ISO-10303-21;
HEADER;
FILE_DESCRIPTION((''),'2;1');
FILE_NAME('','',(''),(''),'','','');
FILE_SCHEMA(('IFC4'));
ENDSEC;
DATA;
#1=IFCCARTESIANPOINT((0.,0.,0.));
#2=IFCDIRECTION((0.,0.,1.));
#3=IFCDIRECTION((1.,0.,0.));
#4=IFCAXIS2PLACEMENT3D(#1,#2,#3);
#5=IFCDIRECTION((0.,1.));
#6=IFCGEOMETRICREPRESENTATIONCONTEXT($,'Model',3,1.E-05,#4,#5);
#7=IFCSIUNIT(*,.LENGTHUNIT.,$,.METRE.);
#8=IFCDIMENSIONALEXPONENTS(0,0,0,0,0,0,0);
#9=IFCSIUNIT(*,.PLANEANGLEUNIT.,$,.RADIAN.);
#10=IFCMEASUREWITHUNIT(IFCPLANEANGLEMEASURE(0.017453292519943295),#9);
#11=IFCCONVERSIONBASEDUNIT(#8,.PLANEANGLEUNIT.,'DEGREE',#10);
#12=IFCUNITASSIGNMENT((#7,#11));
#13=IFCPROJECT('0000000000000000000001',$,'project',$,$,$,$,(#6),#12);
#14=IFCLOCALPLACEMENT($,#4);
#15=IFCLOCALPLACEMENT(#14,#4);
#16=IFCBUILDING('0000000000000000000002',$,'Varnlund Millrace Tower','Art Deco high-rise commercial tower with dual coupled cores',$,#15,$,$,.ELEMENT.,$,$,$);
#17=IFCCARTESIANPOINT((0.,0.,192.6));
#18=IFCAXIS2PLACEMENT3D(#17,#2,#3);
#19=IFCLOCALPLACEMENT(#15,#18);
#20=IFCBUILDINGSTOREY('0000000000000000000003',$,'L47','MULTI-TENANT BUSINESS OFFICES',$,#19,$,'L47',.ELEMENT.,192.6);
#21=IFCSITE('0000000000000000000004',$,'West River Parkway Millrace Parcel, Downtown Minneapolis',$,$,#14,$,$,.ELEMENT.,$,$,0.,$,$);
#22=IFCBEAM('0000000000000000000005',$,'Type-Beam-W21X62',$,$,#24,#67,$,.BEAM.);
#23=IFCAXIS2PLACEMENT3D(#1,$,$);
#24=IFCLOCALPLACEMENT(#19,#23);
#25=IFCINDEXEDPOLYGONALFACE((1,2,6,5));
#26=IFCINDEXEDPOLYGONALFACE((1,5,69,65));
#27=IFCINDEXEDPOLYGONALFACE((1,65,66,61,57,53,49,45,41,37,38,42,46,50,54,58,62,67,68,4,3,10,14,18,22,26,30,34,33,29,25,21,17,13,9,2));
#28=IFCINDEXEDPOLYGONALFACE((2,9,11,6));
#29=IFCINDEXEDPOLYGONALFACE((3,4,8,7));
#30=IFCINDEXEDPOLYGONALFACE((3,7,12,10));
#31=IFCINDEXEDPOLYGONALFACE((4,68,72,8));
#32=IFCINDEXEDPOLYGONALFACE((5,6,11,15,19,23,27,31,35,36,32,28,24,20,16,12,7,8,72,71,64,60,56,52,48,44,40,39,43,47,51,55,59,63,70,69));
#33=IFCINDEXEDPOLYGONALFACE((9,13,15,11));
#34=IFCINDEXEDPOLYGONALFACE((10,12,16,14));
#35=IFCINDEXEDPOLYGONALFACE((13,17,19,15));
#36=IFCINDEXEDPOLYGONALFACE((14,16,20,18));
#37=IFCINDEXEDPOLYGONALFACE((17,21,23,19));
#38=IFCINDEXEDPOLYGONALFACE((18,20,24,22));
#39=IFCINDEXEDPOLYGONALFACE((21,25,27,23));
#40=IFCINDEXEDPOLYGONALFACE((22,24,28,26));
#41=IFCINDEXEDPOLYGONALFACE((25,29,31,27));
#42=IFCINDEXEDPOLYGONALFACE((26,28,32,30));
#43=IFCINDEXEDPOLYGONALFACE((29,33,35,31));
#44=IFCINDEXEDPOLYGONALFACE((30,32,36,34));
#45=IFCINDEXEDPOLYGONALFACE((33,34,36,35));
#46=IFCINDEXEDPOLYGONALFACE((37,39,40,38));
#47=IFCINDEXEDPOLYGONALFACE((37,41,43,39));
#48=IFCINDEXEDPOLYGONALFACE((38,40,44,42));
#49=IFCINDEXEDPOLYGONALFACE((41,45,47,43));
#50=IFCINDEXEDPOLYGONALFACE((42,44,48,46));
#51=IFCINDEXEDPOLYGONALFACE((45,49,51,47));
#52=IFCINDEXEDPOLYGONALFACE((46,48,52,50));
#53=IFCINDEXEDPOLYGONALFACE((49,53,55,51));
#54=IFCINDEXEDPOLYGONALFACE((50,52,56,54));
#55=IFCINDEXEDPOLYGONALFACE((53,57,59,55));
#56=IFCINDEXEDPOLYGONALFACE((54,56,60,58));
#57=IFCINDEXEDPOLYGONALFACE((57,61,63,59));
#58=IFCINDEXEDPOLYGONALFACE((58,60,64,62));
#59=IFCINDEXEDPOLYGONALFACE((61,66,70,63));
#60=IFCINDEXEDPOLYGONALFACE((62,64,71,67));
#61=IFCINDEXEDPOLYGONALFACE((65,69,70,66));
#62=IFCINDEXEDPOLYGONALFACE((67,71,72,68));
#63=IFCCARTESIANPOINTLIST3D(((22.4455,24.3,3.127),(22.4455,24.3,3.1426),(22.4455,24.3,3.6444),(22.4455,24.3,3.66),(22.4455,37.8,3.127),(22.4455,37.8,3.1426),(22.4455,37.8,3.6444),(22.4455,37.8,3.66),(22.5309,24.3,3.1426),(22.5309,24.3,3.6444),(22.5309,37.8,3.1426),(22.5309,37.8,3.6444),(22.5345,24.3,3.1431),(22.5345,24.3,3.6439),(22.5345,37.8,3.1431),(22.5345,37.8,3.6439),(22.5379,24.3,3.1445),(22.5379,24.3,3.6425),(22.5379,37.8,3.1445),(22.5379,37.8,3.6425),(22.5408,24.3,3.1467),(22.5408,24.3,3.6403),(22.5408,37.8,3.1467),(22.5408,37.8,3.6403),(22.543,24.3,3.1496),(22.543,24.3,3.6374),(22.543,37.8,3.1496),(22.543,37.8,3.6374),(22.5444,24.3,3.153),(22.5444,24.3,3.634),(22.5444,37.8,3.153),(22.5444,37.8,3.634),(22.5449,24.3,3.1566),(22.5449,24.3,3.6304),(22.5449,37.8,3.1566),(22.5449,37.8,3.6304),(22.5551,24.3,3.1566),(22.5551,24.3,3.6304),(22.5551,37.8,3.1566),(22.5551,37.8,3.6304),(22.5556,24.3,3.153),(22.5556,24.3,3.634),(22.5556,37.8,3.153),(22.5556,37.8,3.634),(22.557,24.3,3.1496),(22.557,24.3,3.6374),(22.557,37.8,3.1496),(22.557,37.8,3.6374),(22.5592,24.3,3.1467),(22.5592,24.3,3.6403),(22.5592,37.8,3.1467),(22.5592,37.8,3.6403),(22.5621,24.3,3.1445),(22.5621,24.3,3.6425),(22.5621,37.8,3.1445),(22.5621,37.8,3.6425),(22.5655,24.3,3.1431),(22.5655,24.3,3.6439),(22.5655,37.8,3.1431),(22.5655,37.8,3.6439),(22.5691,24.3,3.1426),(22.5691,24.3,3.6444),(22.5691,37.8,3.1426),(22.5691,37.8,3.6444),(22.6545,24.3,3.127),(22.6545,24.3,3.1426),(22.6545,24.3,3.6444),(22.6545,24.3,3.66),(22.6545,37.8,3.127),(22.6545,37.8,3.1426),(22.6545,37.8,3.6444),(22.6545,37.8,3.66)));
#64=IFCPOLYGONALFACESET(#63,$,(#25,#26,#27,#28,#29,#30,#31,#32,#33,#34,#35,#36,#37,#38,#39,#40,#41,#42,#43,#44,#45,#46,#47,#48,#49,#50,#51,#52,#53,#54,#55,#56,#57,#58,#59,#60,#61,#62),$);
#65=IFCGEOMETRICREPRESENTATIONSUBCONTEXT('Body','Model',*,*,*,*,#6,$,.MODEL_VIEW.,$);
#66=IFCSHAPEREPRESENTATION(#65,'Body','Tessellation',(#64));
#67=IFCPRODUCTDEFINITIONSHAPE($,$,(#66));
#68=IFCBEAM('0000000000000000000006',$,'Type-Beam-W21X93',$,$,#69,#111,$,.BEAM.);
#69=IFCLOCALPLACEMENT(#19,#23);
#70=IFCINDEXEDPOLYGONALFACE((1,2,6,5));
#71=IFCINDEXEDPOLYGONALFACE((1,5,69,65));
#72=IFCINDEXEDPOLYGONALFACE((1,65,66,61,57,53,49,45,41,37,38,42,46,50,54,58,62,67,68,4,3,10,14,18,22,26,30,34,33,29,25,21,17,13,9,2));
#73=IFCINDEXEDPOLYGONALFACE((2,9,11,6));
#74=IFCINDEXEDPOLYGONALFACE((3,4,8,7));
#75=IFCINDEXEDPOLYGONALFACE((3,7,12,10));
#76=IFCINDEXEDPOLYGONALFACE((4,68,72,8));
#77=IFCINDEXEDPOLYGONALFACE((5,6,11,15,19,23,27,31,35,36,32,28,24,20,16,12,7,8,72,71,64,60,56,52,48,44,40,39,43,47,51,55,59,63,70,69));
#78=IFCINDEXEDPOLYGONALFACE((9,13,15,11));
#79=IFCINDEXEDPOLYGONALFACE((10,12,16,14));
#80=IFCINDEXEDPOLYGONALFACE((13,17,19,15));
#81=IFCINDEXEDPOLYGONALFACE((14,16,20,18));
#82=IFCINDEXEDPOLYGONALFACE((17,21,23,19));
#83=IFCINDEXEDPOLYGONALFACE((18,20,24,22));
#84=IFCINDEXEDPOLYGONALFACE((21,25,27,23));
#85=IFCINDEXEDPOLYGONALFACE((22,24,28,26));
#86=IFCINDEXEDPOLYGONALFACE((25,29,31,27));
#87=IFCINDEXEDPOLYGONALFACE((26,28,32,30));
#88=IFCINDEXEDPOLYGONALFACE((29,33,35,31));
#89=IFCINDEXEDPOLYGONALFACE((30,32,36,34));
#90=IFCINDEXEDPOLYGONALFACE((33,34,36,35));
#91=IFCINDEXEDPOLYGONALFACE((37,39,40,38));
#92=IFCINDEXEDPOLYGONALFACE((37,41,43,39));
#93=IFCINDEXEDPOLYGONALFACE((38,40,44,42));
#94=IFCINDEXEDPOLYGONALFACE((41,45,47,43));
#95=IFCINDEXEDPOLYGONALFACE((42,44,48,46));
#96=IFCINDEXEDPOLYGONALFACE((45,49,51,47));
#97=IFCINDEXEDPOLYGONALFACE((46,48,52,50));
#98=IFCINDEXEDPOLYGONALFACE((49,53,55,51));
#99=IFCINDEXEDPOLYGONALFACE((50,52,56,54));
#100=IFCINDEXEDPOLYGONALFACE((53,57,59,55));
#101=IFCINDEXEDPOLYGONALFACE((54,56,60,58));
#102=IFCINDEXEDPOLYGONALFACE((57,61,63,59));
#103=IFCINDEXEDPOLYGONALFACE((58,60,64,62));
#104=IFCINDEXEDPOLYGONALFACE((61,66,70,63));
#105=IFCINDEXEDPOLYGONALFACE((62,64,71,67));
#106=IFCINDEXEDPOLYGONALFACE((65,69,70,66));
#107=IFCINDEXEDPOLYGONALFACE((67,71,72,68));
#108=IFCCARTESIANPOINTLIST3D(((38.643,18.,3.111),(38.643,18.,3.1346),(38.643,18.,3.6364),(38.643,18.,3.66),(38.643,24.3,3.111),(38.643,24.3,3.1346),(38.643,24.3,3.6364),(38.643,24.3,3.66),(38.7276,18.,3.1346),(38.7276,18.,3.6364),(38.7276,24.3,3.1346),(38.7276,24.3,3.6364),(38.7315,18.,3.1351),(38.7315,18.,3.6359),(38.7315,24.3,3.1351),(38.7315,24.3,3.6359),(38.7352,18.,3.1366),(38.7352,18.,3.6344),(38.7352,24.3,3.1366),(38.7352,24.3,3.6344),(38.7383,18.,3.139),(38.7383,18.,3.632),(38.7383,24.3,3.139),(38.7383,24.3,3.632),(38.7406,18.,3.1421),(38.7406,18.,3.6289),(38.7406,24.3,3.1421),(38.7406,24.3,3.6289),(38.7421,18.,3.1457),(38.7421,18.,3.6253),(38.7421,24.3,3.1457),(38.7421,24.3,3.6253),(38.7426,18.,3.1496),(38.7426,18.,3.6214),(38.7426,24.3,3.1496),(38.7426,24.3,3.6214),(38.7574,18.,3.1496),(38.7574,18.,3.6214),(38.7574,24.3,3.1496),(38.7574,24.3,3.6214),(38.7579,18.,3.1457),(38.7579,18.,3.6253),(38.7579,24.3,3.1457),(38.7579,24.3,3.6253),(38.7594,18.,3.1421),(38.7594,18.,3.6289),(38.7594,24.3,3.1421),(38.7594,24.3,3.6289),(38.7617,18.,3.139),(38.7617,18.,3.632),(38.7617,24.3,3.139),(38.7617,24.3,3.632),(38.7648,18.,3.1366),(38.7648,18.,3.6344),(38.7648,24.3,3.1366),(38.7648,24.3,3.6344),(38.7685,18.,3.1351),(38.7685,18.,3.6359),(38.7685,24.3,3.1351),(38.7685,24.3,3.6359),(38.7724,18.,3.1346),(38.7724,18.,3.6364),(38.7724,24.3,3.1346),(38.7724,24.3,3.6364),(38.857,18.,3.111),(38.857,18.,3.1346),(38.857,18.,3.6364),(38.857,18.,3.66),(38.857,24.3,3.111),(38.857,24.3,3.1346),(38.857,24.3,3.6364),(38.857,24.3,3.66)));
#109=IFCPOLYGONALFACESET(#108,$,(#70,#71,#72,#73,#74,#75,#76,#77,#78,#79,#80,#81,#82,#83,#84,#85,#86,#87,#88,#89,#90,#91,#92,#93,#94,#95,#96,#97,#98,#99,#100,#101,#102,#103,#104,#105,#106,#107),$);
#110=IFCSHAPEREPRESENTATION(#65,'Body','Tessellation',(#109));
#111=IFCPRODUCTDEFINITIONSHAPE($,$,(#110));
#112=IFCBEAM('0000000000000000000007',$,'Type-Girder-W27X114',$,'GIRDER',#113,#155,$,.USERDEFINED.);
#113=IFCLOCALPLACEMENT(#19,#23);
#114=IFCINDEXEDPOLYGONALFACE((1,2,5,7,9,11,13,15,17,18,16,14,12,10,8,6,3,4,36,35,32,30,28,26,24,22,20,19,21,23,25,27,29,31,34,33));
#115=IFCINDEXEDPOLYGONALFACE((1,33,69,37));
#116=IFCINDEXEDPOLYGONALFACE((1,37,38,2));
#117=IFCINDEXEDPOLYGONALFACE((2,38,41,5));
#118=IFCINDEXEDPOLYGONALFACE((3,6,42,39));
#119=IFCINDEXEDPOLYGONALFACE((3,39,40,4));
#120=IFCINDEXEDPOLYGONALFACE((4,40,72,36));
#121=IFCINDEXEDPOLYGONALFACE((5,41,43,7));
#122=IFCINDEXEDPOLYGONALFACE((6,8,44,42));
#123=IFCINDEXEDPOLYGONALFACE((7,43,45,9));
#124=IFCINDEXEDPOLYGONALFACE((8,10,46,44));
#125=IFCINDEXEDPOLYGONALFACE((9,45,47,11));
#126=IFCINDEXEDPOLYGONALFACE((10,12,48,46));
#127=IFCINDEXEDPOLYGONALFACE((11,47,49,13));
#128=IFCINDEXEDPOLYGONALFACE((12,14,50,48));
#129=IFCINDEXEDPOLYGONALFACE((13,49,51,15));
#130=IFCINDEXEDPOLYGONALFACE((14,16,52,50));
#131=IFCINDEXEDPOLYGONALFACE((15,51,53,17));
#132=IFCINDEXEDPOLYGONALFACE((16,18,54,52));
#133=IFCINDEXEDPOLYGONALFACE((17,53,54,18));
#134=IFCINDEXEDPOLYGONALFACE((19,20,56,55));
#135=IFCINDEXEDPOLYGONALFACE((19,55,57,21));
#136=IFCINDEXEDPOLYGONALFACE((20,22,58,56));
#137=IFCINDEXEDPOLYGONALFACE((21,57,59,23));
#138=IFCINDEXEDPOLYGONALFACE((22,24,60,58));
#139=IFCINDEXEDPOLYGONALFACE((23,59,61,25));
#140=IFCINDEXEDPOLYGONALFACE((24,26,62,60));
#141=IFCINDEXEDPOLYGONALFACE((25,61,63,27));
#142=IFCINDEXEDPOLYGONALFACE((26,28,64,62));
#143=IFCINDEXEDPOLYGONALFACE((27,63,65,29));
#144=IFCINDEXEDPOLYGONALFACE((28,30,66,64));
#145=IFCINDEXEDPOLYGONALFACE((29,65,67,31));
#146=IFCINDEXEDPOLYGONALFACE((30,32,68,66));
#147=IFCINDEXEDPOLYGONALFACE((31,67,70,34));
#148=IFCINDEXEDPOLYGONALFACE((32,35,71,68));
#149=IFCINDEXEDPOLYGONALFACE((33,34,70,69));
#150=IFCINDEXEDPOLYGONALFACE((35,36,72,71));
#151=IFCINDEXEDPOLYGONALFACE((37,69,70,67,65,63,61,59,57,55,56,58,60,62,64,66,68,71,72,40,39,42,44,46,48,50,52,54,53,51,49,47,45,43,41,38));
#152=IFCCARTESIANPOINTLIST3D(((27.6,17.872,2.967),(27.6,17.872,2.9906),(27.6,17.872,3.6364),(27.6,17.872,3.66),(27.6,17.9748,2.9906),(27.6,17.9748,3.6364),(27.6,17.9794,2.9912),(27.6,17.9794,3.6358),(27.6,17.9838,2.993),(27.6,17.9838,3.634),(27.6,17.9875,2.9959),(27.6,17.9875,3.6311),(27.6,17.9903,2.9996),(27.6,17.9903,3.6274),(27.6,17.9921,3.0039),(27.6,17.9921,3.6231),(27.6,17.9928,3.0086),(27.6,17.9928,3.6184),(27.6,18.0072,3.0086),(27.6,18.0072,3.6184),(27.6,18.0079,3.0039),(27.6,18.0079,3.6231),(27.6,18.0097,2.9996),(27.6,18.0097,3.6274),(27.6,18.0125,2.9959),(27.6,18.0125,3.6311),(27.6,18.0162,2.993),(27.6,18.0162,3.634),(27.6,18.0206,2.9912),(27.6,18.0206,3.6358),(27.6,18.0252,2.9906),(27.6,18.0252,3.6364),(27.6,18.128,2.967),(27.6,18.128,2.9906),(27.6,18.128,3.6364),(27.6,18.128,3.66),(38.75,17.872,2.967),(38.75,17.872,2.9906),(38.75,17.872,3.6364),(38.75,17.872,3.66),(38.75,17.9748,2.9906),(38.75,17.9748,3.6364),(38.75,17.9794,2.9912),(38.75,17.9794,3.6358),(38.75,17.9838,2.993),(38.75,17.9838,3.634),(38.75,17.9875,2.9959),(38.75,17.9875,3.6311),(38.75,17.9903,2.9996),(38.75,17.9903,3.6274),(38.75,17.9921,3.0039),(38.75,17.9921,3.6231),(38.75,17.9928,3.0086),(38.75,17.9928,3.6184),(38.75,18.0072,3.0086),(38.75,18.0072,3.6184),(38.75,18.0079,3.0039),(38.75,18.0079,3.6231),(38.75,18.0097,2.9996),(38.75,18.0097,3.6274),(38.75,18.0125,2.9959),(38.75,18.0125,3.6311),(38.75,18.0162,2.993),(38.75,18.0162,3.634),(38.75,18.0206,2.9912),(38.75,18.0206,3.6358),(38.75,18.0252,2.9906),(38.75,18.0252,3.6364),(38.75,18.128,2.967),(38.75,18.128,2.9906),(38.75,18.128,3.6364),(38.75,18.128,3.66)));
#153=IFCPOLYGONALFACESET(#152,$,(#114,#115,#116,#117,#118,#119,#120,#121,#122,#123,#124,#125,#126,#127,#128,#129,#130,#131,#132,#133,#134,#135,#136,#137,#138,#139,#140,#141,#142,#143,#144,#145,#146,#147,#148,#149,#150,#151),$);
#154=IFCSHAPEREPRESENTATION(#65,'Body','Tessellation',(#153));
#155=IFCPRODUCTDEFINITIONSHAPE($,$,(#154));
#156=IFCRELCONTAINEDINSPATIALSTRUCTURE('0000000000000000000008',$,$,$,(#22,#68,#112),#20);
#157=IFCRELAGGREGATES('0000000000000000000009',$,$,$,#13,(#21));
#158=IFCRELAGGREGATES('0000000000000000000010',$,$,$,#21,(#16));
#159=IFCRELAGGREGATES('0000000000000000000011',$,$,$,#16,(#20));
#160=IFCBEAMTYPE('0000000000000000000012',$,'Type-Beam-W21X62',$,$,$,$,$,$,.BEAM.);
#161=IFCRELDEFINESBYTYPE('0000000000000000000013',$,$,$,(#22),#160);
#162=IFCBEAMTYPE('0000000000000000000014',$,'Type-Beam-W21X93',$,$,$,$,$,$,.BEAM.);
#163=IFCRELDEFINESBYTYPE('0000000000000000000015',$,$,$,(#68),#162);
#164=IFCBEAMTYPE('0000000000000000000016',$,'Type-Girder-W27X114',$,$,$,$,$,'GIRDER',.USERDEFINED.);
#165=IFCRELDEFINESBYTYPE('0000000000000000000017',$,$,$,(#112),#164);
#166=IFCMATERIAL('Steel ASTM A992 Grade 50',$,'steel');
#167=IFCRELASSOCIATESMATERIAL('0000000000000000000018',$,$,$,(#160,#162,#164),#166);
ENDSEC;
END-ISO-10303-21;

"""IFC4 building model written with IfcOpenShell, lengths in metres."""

from ifc_helpers import new_model, entity, si_unit, converted_unit, direction, frame, origin_with_axes, origin_2d_with_axis, place, context, subcontext, project, spatial, i_section, extrude, material, material_profile, profile_set, type_object, element, save


model = new_model("IFC4")

# Units and contexts
model_context = context("Model", 3, precision=1e-05, world=origin_with_axes(), true_north=direction((0.0, 1.0)))
body_context = subcontext(model_context, "Body", "Model", "MODEL_VIEW")
ifc_project = project(units=[si_unit("LENGTHUNIT", "METRE"), converted_unit("PLANEANGLEUNIT", "DEGREE", entity("IfcPlaneAngleMeasure", 0.017453292519943295), si_unit("PLANEANGLEUNIT", "RADIAN"), dimensions=[0, 0, 0, 0, 0, 0, 0])], contexts=[model_context])

# Site, building, storey
site_placement = place(None, origin_with_axes())
site = spatial("IfcSite", under=ifc_project, at=site_placement, Name="West River Parkway Millrace Parcel, Downtown Minneapolis", CompositionType="ELEMENT", RefElevation=0.0)
building_placement = place(site_placement, origin_with_axes())
building = spatial("IfcBuilding", under=site, at=building_placement, Name="Varnlund Millrace Tower", Description="Art Deco high-rise commercial tower with dual coupled cores", CompositionType="ELEMENT")
storey_placement = place(building_placement, frame((0.0, 0.0, 192.6), z_axis=(0.0, 0.0, 1.0), x_axis=(1.0, 0.0, 0.0)))
storey = spatial("IfcBuildingStorey", under=building, at=storey_placement, Name="L47", Description="MULTI-TENANT BUSINESS OFFICES", LongName="L47", CompositionType="ELEMENT", Elevation=192.6)

# Beams
ifc_material_1 = material(Name="Steel ASTM A992 Grade 50", Category="steel")
ifc_material_profile_1 = material_profile(ifc_material_1, i_section(OverallWidth=0.209, OverallDepth=0.533, WebThickness=0.0102, FlangeThickness=0.0156, FilletRadius=0.014, at=origin_2d_with_axis()), Name="Steel ASTM A992 Grade 50")
ifc_profile_set_1 = profile_set([ifc_material_profile_1], Name="Steel ASTM A992 Grade 50")
beam_type_1 = type_object("IfcBeamType", Name="Type-Beam-W21X62", PredefinedType="BEAM", material=ifc_profile_set_1)
beam_1_placement = place(storey_placement, frame((22.55, 24.3, 3.3935), z_axis=(0.0, 1.0, 0.0), x_axis=(-1.0, 0.0, 0.0)))
element("IfcBeam", 1, at=beam_1_placement, inside=storey, type_object=beam_type_1, Name="Type-Beam-W21X62", PredefinedType="BEAM", context=body_context, shape_type="SweptSolid", body=[
    extrude(i_section(OverallWidth=0.209, OverallDepth=0.533, WebThickness=0.0102, FlangeThickness=0.0156, FilletRadius=0.014, at=origin_2d_with_axis()), origin_with_axes(), (0.0, 0.0, 1.0), 13.5),
])
ifc_material_profile_2 = material_profile(ifc_material_1, i_section(OverallWidth=0.214, OverallDepth=0.549, WebThickness=0.0147, FlangeThickness=0.0236, FilletRadius=0.015, at=origin_2d_with_axis()), Name="Steel ASTM A992 Grade 50")
ifc_profile_set_2 = profile_set([ifc_material_profile_2], Name="Steel ASTM A992 Grade 50")
beam_type_2 = type_object("IfcBeamType", Name="Type-Beam-W21X93", PredefinedType="BEAM", material=ifc_profile_set_2)
beam_2_placement = place(storey_placement, frame((38.75, 18.0, 3.3855), z_axis=(0.0, 1.0, 0.0), x_axis=(-1.0, 0.0, 0.0)))
element("IfcBeam", 2, at=beam_2_placement, inside=storey, type_object=beam_type_2, Name="Type-Beam-W21X93", PredefinedType="BEAM", context=body_context, shape_type="SweptSolid", body=[
    extrude(i_section(OverallWidth=0.214, OverallDepth=0.549, WebThickness=0.0147, FlangeThickness=0.0236, FilletRadius=0.015, at=origin_2d_with_axis()), origin_with_axes(), (0.0, 0.0, 1.0), 6.3),
])
ifc_material_profile_3 = material_profile(ifc_material_1, i_section(OverallWidth=0.256, OverallDepth=0.693, WebThickness=0.0145, FlangeThickness=0.0236, FilletRadius=0.018, at=origin_2d_with_axis()), Name="Steel ASTM A992 Grade 50")
ifc_profile_set_3 = profile_set([ifc_material_profile_3], Name="Steel ASTM A992 Grade 50")
beam_type_3 = type_object("IfcBeamType", Name="Type-Girder-W27X114", ElementType="GIRDER", PredefinedType="USERDEFINED", material=ifc_profile_set_3)
beam_3_placement = place(storey_placement, frame((27.6, 18.0, 3.3135), z_axis=(1.0, 0.0, 0.0), x_axis=(0.0, 1.0, 0.0)))
element("IfcBeam", 3, at=beam_3_placement, inside=storey, type_object=beam_type_3, Name="Type-Girder-W27X114", ObjectType="GIRDER", PredefinedType="USERDEFINED", context=body_context, shape_type="SweptSolid", body=[
    extrude(i_section(OverallWidth=0.256, OverallDepth=0.693, WebThickness=0.0145, FlangeThickness=0.0236, FilletRadius=0.018, at=origin_2d_with_axis()), origin_with_axes(), (0.0, 0.0, 1.0), 11.15),
])

save(model, "model.ifc")
